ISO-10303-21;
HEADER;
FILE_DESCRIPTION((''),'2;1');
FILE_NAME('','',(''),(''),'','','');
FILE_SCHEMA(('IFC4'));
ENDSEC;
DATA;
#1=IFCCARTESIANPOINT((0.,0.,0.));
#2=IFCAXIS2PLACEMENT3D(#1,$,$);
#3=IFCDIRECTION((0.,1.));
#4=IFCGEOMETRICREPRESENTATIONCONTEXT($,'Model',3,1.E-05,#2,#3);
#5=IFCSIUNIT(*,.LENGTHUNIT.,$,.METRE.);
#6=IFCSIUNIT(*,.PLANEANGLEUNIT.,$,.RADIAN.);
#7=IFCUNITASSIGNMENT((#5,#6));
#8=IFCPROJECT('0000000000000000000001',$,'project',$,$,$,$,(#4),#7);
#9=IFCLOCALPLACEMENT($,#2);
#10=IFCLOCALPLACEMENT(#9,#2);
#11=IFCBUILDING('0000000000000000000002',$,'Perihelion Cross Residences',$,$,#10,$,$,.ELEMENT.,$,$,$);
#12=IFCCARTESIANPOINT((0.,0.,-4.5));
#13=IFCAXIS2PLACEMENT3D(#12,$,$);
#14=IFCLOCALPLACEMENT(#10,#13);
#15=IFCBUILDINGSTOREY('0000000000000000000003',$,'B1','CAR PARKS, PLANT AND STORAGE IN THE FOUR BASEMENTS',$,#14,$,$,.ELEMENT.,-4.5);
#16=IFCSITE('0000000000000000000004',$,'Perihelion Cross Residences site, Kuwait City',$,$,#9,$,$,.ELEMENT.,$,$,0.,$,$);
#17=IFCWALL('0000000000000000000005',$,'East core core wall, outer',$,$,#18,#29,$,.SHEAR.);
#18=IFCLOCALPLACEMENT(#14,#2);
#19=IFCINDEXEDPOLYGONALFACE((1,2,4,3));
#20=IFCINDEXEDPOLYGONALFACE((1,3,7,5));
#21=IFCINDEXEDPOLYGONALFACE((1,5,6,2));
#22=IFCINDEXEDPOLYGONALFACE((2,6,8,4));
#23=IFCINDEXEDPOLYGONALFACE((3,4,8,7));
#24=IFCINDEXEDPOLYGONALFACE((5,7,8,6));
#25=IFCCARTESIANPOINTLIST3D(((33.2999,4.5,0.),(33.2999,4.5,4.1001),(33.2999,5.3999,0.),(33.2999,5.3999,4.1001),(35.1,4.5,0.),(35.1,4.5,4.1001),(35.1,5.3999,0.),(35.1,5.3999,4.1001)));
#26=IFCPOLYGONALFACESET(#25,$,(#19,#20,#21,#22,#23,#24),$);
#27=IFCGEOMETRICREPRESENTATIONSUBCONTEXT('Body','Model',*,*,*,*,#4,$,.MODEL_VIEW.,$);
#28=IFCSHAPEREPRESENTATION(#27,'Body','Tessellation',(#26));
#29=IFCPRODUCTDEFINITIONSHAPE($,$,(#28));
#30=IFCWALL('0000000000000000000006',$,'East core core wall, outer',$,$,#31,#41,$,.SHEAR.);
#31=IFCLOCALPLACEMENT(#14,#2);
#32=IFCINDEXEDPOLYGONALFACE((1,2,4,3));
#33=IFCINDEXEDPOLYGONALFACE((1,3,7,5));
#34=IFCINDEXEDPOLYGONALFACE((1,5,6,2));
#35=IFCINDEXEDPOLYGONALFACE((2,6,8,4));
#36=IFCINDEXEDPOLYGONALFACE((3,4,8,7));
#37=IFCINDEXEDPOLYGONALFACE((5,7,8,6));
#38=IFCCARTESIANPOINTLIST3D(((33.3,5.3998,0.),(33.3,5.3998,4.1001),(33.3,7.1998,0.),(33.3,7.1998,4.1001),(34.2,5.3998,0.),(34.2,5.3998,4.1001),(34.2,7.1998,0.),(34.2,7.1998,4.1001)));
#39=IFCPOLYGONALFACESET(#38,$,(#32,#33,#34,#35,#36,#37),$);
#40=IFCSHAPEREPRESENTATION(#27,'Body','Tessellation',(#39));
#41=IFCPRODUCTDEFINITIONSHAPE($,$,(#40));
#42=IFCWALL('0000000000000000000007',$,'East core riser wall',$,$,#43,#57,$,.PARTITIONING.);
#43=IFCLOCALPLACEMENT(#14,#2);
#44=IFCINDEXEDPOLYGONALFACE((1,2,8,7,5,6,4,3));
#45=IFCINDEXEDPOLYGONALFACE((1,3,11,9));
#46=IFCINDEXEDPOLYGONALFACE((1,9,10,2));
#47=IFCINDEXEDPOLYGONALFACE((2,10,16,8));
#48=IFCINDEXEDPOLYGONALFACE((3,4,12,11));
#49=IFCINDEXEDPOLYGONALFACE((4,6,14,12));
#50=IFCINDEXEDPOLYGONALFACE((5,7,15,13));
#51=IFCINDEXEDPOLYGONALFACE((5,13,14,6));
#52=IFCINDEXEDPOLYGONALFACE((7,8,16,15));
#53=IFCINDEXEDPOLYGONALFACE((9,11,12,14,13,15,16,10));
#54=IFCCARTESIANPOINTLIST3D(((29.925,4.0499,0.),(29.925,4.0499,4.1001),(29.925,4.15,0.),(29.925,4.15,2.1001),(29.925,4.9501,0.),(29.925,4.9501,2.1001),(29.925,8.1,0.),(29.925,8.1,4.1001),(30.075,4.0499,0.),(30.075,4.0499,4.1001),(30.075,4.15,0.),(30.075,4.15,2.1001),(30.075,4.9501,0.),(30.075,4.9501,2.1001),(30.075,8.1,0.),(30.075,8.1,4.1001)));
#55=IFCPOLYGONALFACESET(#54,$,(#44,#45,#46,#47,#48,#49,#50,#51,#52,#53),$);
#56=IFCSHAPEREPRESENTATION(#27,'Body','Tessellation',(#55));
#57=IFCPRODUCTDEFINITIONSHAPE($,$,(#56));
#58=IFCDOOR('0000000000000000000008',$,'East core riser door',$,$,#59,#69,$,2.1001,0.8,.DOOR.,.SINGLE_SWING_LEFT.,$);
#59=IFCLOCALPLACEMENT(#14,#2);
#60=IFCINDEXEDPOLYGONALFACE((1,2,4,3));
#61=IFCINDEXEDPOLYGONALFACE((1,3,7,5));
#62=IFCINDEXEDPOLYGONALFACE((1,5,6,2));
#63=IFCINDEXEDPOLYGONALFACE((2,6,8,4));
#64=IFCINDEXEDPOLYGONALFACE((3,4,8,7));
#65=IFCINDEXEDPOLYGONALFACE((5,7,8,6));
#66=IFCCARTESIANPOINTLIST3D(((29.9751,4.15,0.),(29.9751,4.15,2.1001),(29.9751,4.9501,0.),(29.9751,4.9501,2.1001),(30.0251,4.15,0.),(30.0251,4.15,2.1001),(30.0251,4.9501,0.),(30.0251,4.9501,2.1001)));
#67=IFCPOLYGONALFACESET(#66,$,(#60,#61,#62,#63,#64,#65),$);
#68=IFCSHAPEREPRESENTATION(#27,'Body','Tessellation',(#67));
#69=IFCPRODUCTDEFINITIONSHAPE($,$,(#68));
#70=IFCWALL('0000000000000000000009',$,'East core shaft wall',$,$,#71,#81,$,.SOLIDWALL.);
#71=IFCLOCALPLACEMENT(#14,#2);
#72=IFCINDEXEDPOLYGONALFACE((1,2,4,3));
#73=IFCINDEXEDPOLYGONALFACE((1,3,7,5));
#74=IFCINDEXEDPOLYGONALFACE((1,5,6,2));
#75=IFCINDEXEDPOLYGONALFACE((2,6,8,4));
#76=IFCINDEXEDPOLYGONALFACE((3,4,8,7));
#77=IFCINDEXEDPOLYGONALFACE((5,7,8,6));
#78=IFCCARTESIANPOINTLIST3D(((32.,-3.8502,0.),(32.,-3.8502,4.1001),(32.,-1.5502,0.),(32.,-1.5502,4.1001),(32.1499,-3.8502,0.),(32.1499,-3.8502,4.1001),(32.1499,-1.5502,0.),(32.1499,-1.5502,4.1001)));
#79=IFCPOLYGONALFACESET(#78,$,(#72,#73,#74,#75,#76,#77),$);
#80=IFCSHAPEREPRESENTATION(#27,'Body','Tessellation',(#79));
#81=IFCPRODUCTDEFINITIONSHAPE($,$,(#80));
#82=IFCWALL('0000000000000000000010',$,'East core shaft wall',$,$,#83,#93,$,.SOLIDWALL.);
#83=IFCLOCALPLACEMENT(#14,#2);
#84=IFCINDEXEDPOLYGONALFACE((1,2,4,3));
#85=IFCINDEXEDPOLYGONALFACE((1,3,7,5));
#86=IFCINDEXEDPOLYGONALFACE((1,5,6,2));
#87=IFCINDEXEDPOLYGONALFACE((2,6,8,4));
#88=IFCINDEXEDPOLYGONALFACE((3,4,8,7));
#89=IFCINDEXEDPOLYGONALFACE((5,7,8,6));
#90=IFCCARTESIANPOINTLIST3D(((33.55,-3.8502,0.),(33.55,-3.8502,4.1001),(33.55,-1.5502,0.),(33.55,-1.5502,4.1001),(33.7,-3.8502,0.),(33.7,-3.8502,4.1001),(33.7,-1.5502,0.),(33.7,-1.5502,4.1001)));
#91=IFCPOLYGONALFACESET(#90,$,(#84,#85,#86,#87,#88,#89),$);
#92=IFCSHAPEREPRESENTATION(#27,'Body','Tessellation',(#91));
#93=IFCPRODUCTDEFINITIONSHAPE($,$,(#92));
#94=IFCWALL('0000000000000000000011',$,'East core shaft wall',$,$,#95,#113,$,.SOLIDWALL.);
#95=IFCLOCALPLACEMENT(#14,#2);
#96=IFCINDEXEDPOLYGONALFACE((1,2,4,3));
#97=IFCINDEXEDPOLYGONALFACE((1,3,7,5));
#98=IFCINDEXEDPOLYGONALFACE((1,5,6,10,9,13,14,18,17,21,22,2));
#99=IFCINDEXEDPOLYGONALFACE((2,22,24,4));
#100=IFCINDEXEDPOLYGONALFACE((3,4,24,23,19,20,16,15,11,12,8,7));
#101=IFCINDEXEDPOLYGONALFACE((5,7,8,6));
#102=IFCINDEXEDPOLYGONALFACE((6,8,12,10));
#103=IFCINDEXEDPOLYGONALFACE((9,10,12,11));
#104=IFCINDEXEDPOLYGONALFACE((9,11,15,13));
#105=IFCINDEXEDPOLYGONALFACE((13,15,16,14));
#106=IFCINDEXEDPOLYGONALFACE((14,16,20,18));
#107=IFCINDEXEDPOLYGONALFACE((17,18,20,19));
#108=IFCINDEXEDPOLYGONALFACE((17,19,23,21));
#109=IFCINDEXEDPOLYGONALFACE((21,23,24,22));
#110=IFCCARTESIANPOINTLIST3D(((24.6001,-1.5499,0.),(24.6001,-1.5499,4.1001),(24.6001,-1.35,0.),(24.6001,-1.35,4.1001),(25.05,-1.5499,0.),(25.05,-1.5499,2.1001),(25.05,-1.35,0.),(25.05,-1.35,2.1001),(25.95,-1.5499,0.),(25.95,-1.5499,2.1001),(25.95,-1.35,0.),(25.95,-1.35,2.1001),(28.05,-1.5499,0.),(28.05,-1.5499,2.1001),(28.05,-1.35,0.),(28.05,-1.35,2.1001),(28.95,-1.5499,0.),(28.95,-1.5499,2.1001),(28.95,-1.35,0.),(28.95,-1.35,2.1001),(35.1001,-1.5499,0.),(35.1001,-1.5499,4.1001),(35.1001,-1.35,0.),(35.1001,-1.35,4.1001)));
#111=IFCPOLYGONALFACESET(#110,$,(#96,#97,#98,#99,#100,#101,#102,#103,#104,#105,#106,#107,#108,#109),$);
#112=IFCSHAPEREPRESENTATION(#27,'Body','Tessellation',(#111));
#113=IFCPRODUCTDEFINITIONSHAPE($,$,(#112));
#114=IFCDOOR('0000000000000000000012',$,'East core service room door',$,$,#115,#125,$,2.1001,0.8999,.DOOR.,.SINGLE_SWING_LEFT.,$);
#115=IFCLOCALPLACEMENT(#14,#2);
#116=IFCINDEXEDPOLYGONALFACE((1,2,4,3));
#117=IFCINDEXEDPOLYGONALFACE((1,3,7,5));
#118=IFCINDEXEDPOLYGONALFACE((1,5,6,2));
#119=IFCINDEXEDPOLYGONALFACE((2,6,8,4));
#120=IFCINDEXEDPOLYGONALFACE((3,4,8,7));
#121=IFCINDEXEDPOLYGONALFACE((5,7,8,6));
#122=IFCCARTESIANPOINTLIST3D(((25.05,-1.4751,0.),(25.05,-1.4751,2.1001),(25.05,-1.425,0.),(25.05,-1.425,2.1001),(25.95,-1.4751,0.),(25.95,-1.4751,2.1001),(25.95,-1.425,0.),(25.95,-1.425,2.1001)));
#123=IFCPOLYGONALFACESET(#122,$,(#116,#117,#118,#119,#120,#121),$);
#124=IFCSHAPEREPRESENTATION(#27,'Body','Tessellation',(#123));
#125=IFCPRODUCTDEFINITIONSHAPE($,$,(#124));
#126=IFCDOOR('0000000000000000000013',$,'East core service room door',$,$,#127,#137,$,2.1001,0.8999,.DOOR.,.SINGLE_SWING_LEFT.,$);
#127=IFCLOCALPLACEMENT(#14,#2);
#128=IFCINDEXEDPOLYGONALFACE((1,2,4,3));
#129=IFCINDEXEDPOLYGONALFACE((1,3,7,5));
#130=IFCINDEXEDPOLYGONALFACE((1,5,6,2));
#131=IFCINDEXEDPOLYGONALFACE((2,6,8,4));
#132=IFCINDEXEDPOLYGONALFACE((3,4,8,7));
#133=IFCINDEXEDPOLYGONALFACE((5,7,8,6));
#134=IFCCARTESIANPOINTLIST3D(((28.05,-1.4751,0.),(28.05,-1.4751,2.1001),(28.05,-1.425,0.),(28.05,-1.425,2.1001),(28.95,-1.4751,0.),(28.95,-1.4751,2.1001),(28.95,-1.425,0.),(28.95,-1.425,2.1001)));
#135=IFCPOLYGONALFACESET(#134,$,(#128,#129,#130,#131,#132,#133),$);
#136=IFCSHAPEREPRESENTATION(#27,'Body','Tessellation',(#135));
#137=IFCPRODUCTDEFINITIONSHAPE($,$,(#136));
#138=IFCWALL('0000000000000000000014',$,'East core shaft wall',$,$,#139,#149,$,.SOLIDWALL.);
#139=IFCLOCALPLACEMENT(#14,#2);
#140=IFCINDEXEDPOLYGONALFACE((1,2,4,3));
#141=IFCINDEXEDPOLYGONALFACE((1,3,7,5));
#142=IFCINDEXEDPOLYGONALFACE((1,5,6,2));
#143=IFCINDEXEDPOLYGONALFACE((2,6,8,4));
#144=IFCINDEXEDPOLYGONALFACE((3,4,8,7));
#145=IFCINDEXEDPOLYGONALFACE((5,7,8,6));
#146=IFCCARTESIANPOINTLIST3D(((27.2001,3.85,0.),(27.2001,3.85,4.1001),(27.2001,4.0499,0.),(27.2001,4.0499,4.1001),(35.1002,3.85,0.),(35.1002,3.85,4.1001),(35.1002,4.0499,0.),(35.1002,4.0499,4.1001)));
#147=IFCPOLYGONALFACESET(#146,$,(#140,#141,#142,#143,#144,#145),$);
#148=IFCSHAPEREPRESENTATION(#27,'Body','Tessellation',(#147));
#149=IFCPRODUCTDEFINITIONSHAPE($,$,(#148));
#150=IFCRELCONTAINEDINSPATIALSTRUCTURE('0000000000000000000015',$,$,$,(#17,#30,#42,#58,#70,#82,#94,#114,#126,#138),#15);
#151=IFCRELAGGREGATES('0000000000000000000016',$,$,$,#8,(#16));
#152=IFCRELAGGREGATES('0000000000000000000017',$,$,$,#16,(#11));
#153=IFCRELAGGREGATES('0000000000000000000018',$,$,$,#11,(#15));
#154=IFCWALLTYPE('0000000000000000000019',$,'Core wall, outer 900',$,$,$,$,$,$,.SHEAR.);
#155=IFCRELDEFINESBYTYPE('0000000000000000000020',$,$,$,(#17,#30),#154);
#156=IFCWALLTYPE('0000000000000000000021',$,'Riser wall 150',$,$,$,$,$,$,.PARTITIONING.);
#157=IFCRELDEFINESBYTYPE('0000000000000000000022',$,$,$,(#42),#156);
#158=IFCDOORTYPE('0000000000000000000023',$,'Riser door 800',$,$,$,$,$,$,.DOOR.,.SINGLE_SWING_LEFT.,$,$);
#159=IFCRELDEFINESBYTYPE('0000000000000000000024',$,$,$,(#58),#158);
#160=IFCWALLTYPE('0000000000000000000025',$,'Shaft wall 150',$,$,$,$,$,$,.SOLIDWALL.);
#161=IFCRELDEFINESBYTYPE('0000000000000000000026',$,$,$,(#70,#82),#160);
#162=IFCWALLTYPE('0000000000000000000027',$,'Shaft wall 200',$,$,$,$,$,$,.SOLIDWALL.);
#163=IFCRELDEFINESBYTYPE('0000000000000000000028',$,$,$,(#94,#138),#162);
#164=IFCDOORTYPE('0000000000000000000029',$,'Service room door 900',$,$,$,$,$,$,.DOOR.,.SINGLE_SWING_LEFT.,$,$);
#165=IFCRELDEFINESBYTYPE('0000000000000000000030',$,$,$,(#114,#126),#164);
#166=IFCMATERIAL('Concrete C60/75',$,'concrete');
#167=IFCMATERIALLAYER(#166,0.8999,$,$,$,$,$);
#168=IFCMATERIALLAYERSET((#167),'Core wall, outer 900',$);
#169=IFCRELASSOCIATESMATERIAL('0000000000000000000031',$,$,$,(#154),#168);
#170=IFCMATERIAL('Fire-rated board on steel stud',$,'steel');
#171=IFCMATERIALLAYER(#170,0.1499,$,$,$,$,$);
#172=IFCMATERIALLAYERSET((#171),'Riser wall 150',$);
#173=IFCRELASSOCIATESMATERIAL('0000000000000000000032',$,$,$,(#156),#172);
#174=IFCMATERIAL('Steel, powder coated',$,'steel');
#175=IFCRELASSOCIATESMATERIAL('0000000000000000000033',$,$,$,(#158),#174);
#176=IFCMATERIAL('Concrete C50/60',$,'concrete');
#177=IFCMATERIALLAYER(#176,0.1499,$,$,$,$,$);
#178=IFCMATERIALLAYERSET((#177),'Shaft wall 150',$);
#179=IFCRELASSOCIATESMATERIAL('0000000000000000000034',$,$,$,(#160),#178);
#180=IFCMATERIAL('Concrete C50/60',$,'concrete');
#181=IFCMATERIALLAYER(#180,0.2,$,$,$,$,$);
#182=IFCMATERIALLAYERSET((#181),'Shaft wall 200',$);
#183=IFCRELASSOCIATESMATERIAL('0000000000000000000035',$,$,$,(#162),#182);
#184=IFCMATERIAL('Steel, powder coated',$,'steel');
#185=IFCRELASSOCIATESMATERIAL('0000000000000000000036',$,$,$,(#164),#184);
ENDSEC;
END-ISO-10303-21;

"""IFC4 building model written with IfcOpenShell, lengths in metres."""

from ifc_helpers import new_model, si_unit, direction, frame, frame_2d, origin, place, context, subcontext, project, spatial, rectangle, extrude, material, layer, layer_set, type_object, element, fill, save


model = new_model("IFC4")

# Units and contexts
model_context = context("Model", 3, precision=1e-05, world=origin(), true_north=direction((0.0, 1.0)))
body_context = subcontext(model_context, "Body", "Model", "MODEL_VIEW")
ifc_project = project(units=[si_unit("LENGTHUNIT", "METRE"), si_unit("PLANEANGLEUNIT", "RADIAN")], contexts=[model_context])

# Site, building, storey
site_placement = place(None, origin())
site = spatial("IfcSite", under=ifc_project, at=site_placement, Name="Perihelion Cross Residences site, Kuwait City", CompositionType="ELEMENT", RefElevation=0.0)
building_placement = place(site_placement, origin())
building = spatial("IfcBuilding", under=site, at=building_placement, Name="Perihelion Cross Residences", CompositionType="ELEMENT")
storey_placement = place(building_placement, frame((0.0, 0.0, -4.5)))
storey = spatial("IfcBuildingStorey", under=building, at=storey_placement, Name="B1", Description="CAR PARKS, PLANT AND STORAGE IN THE FOUR BASEMENTS", CompositionType="ELEMENT", Elevation=-4.5)

# Walls
ifc_material_1 = material(Name="Concrete C60/75", Category="concrete")
ifc_layer_1 = layer(ifc_material_1, 0.8999)
ifc_layer_set_1 = layer_set([ifc_layer_1], Name="Core wall, outer 900")
wall_type_1 = type_object("IfcWallType", Name="Core wall, outer 900", PredefinedType="SHEAR", material=ifc_layer_set_1)
for number, where, z_axis, x_axis, name in (
    (1, (33.3, 4.95, 0.0), (0.0, 0.0, 1.0), (1.0, 0.0, 0.0), "East core core wall, outer"),
    (2, (33.75, 5.3999, 0.0), (0.0, 0.0, 1.0), (0.0, 1.0, 0.0), "East core core wall, outer"),
):
    element("IfcWall", number, at=place(storey_placement, frame(where, z_axis=z_axis, x_axis=x_axis)), inside=storey, type_object=wall_type_1, Name=name, PredefinedType="SHEAR", context=body_context, shape_type="SweptSolid", body=[
        extrude(rectangle(XDim=1.8, YDim=0.8999, at=frame_2d((0.8999, 0.0))), origin(), (0.0, 0.0, 1.0), 4.1001),
    ])

# Wall, opening, door
ifc_material_2 = material(Name="Fire-rated board on steel stud", Category="steel")
ifc_layer_2 = layer(ifc_material_2, 0.1499)
ifc_layer_set_2 = layer_set([ifc_layer_2], Name="Riser wall 150")
wall_type_2 = type_object("IfcWallType", Name="Riser wall 150", PredefinedType="PARTITIONING", material=ifc_layer_set_2)
wall_1_placement = place(storey_placement, frame((30.0, 4.05, 0.0), z_axis=(0.0, 0.0, 1.0), x_axis=(0.0, 1.0, 0.0)))
wall_1 = element("IfcWall", 3, at=wall_1_placement, inside=storey, type_object=wall_type_2, Name="East core riser wall", PredefinedType="PARTITIONING", context=body_context, shape_type="SweptSolid", body=[
    extrude(rectangle(XDim=4.05, YDim=0.1499, at=frame_2d((2.0249, 0.0))), origin(), (0.0, 0.0, 1.0), 4.1001),
])
opening_1_placement = place(wall_1_placement, frame((0.1001, 0.0, 0.0)))
opening_1 = element("IfcOpeningElement", 4, at=opening_1_placement, cuts=wall_1, PredefinedType="OPENING", context=body_context, shape_type="SweptSolid", body=[
    extrude(rectangle(XDim=0.8, YDim=2.1001, at=frame_2d((0.3999, 1.05))), frame((0.0, 0.085, 0.0), z_axis=(0.0, -1.0, 0.0), x_axis=(1.0, 0.0, 0.0)), (0.0, 0.0, 1.0), 0.1699),
])
ifc_material_3 = material(Name="Steel, powder coated", Category="steel")
door_type_1 = type_object("IfcDoorType", Name="Riser door 800", OperationType="SINGLE_SWING_LEFT", PredefinedType="DOOR", material=ifc_material_3)
door_1_placement = place(opening_1_placement, origin())
door_1 = element("IfcDoor", 5, at=door_1_placement, inside=storey, type_object=door_type_1, Name="East core riser door", OperationType="SINGLE_SWING_LEFT", OverallHeight=2.1001, OverallWidth=0.8, PredefinedType="DOOR", context=body_context, shape_type="SweptSolid", body=[
    extrude(rectangle(XDim=0.8, YDim=2.1001, at=frame_2d((0.3999, 1.05))), frame((0.0, 0.0249, 0.0), z_axis=(0.0, -1.0, 0.0), x_axis=(1.0, 0.0, 0.0)), (0.0, 0.0, 1.0), 0.05),
])
fill(opening_1, door_1)

# Walls
ifc_material_4 = material(Name="Concrete C50/60", Category="concrete")
ifc_layer_3 = layer(ifc_material_4, 0.1499)
ifc_layer_set_3 = layer_set([ifc_layer_3], Name="Shaft wall 150")
wall_type_3 = type_object("IfcWallType", Name="Shaft wall 150", PredefinedType="SOLIDWALL", material=ifc_layer_set_3)
for number, where, z_axis, x_axis, name in (
    (6, (32.075, -3.8501, 0.0), (0.0, 0.0, 1.0), (0.0, 1.0, 0.0), "East core shaft wall"),
    (7, (33.625, -3.8501, 0.0), (0.0, 0.0, 1.0), (0.0, 1.0, 0.0), "East core shaft wall"),
):
    element("IfcWall", number, at=place(storey_placement, frame(where, z_axis=z_axis, x_axis=x_axis)), inside=storey, type_object=wall_type_3, Name=name, PredefinedType="SOLIDWALL", context=body_context, shape_type="SweptSolid", body=[
        extrude(rectangle(XDim=2.3, YDim=0.1499, at=frame_2d((1.1499, 0.0))), origin(), (0.0, 0.0, 1.0), 4.1001),
    ])

# Wall, openings, doors
ifc_material_5 = material(Name="Concrete C50/60", Category="concrete")
ifc_layer_4 = layer(ifc_material_5, 0.2)
ifc_layer_set_4 = layer_set([ifc_layer_4], Name="Shaft wall 200")
wall_type_4 = type_object("IfcWallType", Name="Shaft wall 200", PredefinedType="SOLIDWALL", material=ifc_layer_set_4)
wall_2_placement = place(storey_placement, frame((24.6001, -1.45, 0.0), z_axis=(0.0, 0.0, 1.0), x_axis=(1.0, 0.0, 0.0)))
wall_2 = element("IfcWall", 8, at=wall_2_placement, inside=storey, type_object=wall_type_4, Name="East core shaft wall", PredefinedType="SOLIDWALL", context=body_context, shape_type="SweptSolid", body=[
    extrude(rectangle(XDim=10.5, YDim=0.2, at=frame_2d((5.25, 0.0))), origin(), (0.0, 0.0, 1.0), 4.1001),
])
opening_2_placement = place(wall_2_placement, frame((0.45, 0.0, 0.0)))
opening_2 = element("IfcOpeningElement", 9, at=opening_2_placement, cuts=wall_2, PredefinedType="OPENING", context=body_context, shape_type="SweptSolid", body=[
    extrude(rectangle(XDim=0.8999, YDim=2.1001, at=frame_2d((0.45, 1.05))), frame((0.0, 0.1099, 0.0), z_axis=(0.0, -1.0, 0.0), x_axis=(1.0, 0.0, 0.0)), (0.0, 0.0, 1.0), 0.22),
])
opening_3_placement = place(wall_2_placement, frame((3.45, 0.0, 0.0)))
opening_3 = element("IfcOpeningElement", 10, at=opening_3_placement, cuts=wall_2, PredefinedType="OPENING", context=body_context, shape_type="SweptSolid", body=[
    extrude(rectangle(XDim=0.8999, YDim=2.1001, at=frame_2d((0.45, 1.05))), frame((0.0, 0.1099, 0.0), z_axis=(0.0, -1.0, 0.0), x_axis=(1.0, 0.0, 0.0)), (0.0, 0.0, 1.0), 0.22),
])
ifc_material_6 = material(Name="Steel, powder coated", Category="steel")
door_type_2 = type_object("IfcDoorType", Name="Service room door 900", OperationType="SINGLE_SWING_LEFT", PredefinedType="DOOR", material=ifc_material_6)
door_2_placement = place(opening_2_placement, origin())
door_2 = element("IfcDoor", 11, at=door_2_placement, inside=storey, type_object=door_type_2, Name="East core service room door", OperationType="SINGLE_SWING_LEFT", OverallHeight=2.1001, OverallWidth=0.8999, PredefinedType="DOOR", context=body_context, shape_type="SweptSolid", body=[
    extrude(rectangle(XDim=0.8999, YDim=2.1001, at=frame_2d((0.45, 1.05))), frame((0.0, 0.0249, 0.0), z_axis=(0.0, -1.0, 0.0), x_axis=(1.0, 0.0, 0.0)), (0.0, 0.0, 1.0), 0.05),
])
fill(opening_2, door_2)
door_3_placement = place(opening_3_placement, origin())
door_3 = element("IfcDoor", 12, at=door_3_placement, inside=storey, type_object=door_type_2, Name="East core service room door", OperationType="SINGLE_SWING_LEFT", OverallHeight=2.1001, OverallWidth=0.8999, PredefinedType="DOOR", context=body_context, shape_type="SweptSolid", body=[
    extrude(rectangle(XDim=0.8999, YDim=2.1001, at=frame_2d((0.45, 1.05))), frame((0.0, 0.0249, 0.0), z_axis=(0.0, -1.0, 0.0), x_axis=(1.0, 0.0, 0.0)), (0.0, 0.0, 1.0), 0.05),
])
fill(opening_3, door_3)

# Wall
wall_3_placement = place(storey_placement, frame((27.2, 3.95, 0.0), z_axis=(0.0, 0.0, 1.0), x_axis=(1.0, 0.0, 0.0)))
element("IfcWall", 13, at=wall_3_placement, inside=storey, type_object=wall_type_4, Name="East core shaft wall", PredefinedType="SOLIDWALL", context=body_context, shape_type="SweptSolid", body=[
    extrude(rectangle(XDim=7.9001, YDim=0.2, at=frame_2d((3.9502, 0.0))), origin(), (0.0, 0.0, 1.0), 4.1001),
])

save(model, "model.ifc")
